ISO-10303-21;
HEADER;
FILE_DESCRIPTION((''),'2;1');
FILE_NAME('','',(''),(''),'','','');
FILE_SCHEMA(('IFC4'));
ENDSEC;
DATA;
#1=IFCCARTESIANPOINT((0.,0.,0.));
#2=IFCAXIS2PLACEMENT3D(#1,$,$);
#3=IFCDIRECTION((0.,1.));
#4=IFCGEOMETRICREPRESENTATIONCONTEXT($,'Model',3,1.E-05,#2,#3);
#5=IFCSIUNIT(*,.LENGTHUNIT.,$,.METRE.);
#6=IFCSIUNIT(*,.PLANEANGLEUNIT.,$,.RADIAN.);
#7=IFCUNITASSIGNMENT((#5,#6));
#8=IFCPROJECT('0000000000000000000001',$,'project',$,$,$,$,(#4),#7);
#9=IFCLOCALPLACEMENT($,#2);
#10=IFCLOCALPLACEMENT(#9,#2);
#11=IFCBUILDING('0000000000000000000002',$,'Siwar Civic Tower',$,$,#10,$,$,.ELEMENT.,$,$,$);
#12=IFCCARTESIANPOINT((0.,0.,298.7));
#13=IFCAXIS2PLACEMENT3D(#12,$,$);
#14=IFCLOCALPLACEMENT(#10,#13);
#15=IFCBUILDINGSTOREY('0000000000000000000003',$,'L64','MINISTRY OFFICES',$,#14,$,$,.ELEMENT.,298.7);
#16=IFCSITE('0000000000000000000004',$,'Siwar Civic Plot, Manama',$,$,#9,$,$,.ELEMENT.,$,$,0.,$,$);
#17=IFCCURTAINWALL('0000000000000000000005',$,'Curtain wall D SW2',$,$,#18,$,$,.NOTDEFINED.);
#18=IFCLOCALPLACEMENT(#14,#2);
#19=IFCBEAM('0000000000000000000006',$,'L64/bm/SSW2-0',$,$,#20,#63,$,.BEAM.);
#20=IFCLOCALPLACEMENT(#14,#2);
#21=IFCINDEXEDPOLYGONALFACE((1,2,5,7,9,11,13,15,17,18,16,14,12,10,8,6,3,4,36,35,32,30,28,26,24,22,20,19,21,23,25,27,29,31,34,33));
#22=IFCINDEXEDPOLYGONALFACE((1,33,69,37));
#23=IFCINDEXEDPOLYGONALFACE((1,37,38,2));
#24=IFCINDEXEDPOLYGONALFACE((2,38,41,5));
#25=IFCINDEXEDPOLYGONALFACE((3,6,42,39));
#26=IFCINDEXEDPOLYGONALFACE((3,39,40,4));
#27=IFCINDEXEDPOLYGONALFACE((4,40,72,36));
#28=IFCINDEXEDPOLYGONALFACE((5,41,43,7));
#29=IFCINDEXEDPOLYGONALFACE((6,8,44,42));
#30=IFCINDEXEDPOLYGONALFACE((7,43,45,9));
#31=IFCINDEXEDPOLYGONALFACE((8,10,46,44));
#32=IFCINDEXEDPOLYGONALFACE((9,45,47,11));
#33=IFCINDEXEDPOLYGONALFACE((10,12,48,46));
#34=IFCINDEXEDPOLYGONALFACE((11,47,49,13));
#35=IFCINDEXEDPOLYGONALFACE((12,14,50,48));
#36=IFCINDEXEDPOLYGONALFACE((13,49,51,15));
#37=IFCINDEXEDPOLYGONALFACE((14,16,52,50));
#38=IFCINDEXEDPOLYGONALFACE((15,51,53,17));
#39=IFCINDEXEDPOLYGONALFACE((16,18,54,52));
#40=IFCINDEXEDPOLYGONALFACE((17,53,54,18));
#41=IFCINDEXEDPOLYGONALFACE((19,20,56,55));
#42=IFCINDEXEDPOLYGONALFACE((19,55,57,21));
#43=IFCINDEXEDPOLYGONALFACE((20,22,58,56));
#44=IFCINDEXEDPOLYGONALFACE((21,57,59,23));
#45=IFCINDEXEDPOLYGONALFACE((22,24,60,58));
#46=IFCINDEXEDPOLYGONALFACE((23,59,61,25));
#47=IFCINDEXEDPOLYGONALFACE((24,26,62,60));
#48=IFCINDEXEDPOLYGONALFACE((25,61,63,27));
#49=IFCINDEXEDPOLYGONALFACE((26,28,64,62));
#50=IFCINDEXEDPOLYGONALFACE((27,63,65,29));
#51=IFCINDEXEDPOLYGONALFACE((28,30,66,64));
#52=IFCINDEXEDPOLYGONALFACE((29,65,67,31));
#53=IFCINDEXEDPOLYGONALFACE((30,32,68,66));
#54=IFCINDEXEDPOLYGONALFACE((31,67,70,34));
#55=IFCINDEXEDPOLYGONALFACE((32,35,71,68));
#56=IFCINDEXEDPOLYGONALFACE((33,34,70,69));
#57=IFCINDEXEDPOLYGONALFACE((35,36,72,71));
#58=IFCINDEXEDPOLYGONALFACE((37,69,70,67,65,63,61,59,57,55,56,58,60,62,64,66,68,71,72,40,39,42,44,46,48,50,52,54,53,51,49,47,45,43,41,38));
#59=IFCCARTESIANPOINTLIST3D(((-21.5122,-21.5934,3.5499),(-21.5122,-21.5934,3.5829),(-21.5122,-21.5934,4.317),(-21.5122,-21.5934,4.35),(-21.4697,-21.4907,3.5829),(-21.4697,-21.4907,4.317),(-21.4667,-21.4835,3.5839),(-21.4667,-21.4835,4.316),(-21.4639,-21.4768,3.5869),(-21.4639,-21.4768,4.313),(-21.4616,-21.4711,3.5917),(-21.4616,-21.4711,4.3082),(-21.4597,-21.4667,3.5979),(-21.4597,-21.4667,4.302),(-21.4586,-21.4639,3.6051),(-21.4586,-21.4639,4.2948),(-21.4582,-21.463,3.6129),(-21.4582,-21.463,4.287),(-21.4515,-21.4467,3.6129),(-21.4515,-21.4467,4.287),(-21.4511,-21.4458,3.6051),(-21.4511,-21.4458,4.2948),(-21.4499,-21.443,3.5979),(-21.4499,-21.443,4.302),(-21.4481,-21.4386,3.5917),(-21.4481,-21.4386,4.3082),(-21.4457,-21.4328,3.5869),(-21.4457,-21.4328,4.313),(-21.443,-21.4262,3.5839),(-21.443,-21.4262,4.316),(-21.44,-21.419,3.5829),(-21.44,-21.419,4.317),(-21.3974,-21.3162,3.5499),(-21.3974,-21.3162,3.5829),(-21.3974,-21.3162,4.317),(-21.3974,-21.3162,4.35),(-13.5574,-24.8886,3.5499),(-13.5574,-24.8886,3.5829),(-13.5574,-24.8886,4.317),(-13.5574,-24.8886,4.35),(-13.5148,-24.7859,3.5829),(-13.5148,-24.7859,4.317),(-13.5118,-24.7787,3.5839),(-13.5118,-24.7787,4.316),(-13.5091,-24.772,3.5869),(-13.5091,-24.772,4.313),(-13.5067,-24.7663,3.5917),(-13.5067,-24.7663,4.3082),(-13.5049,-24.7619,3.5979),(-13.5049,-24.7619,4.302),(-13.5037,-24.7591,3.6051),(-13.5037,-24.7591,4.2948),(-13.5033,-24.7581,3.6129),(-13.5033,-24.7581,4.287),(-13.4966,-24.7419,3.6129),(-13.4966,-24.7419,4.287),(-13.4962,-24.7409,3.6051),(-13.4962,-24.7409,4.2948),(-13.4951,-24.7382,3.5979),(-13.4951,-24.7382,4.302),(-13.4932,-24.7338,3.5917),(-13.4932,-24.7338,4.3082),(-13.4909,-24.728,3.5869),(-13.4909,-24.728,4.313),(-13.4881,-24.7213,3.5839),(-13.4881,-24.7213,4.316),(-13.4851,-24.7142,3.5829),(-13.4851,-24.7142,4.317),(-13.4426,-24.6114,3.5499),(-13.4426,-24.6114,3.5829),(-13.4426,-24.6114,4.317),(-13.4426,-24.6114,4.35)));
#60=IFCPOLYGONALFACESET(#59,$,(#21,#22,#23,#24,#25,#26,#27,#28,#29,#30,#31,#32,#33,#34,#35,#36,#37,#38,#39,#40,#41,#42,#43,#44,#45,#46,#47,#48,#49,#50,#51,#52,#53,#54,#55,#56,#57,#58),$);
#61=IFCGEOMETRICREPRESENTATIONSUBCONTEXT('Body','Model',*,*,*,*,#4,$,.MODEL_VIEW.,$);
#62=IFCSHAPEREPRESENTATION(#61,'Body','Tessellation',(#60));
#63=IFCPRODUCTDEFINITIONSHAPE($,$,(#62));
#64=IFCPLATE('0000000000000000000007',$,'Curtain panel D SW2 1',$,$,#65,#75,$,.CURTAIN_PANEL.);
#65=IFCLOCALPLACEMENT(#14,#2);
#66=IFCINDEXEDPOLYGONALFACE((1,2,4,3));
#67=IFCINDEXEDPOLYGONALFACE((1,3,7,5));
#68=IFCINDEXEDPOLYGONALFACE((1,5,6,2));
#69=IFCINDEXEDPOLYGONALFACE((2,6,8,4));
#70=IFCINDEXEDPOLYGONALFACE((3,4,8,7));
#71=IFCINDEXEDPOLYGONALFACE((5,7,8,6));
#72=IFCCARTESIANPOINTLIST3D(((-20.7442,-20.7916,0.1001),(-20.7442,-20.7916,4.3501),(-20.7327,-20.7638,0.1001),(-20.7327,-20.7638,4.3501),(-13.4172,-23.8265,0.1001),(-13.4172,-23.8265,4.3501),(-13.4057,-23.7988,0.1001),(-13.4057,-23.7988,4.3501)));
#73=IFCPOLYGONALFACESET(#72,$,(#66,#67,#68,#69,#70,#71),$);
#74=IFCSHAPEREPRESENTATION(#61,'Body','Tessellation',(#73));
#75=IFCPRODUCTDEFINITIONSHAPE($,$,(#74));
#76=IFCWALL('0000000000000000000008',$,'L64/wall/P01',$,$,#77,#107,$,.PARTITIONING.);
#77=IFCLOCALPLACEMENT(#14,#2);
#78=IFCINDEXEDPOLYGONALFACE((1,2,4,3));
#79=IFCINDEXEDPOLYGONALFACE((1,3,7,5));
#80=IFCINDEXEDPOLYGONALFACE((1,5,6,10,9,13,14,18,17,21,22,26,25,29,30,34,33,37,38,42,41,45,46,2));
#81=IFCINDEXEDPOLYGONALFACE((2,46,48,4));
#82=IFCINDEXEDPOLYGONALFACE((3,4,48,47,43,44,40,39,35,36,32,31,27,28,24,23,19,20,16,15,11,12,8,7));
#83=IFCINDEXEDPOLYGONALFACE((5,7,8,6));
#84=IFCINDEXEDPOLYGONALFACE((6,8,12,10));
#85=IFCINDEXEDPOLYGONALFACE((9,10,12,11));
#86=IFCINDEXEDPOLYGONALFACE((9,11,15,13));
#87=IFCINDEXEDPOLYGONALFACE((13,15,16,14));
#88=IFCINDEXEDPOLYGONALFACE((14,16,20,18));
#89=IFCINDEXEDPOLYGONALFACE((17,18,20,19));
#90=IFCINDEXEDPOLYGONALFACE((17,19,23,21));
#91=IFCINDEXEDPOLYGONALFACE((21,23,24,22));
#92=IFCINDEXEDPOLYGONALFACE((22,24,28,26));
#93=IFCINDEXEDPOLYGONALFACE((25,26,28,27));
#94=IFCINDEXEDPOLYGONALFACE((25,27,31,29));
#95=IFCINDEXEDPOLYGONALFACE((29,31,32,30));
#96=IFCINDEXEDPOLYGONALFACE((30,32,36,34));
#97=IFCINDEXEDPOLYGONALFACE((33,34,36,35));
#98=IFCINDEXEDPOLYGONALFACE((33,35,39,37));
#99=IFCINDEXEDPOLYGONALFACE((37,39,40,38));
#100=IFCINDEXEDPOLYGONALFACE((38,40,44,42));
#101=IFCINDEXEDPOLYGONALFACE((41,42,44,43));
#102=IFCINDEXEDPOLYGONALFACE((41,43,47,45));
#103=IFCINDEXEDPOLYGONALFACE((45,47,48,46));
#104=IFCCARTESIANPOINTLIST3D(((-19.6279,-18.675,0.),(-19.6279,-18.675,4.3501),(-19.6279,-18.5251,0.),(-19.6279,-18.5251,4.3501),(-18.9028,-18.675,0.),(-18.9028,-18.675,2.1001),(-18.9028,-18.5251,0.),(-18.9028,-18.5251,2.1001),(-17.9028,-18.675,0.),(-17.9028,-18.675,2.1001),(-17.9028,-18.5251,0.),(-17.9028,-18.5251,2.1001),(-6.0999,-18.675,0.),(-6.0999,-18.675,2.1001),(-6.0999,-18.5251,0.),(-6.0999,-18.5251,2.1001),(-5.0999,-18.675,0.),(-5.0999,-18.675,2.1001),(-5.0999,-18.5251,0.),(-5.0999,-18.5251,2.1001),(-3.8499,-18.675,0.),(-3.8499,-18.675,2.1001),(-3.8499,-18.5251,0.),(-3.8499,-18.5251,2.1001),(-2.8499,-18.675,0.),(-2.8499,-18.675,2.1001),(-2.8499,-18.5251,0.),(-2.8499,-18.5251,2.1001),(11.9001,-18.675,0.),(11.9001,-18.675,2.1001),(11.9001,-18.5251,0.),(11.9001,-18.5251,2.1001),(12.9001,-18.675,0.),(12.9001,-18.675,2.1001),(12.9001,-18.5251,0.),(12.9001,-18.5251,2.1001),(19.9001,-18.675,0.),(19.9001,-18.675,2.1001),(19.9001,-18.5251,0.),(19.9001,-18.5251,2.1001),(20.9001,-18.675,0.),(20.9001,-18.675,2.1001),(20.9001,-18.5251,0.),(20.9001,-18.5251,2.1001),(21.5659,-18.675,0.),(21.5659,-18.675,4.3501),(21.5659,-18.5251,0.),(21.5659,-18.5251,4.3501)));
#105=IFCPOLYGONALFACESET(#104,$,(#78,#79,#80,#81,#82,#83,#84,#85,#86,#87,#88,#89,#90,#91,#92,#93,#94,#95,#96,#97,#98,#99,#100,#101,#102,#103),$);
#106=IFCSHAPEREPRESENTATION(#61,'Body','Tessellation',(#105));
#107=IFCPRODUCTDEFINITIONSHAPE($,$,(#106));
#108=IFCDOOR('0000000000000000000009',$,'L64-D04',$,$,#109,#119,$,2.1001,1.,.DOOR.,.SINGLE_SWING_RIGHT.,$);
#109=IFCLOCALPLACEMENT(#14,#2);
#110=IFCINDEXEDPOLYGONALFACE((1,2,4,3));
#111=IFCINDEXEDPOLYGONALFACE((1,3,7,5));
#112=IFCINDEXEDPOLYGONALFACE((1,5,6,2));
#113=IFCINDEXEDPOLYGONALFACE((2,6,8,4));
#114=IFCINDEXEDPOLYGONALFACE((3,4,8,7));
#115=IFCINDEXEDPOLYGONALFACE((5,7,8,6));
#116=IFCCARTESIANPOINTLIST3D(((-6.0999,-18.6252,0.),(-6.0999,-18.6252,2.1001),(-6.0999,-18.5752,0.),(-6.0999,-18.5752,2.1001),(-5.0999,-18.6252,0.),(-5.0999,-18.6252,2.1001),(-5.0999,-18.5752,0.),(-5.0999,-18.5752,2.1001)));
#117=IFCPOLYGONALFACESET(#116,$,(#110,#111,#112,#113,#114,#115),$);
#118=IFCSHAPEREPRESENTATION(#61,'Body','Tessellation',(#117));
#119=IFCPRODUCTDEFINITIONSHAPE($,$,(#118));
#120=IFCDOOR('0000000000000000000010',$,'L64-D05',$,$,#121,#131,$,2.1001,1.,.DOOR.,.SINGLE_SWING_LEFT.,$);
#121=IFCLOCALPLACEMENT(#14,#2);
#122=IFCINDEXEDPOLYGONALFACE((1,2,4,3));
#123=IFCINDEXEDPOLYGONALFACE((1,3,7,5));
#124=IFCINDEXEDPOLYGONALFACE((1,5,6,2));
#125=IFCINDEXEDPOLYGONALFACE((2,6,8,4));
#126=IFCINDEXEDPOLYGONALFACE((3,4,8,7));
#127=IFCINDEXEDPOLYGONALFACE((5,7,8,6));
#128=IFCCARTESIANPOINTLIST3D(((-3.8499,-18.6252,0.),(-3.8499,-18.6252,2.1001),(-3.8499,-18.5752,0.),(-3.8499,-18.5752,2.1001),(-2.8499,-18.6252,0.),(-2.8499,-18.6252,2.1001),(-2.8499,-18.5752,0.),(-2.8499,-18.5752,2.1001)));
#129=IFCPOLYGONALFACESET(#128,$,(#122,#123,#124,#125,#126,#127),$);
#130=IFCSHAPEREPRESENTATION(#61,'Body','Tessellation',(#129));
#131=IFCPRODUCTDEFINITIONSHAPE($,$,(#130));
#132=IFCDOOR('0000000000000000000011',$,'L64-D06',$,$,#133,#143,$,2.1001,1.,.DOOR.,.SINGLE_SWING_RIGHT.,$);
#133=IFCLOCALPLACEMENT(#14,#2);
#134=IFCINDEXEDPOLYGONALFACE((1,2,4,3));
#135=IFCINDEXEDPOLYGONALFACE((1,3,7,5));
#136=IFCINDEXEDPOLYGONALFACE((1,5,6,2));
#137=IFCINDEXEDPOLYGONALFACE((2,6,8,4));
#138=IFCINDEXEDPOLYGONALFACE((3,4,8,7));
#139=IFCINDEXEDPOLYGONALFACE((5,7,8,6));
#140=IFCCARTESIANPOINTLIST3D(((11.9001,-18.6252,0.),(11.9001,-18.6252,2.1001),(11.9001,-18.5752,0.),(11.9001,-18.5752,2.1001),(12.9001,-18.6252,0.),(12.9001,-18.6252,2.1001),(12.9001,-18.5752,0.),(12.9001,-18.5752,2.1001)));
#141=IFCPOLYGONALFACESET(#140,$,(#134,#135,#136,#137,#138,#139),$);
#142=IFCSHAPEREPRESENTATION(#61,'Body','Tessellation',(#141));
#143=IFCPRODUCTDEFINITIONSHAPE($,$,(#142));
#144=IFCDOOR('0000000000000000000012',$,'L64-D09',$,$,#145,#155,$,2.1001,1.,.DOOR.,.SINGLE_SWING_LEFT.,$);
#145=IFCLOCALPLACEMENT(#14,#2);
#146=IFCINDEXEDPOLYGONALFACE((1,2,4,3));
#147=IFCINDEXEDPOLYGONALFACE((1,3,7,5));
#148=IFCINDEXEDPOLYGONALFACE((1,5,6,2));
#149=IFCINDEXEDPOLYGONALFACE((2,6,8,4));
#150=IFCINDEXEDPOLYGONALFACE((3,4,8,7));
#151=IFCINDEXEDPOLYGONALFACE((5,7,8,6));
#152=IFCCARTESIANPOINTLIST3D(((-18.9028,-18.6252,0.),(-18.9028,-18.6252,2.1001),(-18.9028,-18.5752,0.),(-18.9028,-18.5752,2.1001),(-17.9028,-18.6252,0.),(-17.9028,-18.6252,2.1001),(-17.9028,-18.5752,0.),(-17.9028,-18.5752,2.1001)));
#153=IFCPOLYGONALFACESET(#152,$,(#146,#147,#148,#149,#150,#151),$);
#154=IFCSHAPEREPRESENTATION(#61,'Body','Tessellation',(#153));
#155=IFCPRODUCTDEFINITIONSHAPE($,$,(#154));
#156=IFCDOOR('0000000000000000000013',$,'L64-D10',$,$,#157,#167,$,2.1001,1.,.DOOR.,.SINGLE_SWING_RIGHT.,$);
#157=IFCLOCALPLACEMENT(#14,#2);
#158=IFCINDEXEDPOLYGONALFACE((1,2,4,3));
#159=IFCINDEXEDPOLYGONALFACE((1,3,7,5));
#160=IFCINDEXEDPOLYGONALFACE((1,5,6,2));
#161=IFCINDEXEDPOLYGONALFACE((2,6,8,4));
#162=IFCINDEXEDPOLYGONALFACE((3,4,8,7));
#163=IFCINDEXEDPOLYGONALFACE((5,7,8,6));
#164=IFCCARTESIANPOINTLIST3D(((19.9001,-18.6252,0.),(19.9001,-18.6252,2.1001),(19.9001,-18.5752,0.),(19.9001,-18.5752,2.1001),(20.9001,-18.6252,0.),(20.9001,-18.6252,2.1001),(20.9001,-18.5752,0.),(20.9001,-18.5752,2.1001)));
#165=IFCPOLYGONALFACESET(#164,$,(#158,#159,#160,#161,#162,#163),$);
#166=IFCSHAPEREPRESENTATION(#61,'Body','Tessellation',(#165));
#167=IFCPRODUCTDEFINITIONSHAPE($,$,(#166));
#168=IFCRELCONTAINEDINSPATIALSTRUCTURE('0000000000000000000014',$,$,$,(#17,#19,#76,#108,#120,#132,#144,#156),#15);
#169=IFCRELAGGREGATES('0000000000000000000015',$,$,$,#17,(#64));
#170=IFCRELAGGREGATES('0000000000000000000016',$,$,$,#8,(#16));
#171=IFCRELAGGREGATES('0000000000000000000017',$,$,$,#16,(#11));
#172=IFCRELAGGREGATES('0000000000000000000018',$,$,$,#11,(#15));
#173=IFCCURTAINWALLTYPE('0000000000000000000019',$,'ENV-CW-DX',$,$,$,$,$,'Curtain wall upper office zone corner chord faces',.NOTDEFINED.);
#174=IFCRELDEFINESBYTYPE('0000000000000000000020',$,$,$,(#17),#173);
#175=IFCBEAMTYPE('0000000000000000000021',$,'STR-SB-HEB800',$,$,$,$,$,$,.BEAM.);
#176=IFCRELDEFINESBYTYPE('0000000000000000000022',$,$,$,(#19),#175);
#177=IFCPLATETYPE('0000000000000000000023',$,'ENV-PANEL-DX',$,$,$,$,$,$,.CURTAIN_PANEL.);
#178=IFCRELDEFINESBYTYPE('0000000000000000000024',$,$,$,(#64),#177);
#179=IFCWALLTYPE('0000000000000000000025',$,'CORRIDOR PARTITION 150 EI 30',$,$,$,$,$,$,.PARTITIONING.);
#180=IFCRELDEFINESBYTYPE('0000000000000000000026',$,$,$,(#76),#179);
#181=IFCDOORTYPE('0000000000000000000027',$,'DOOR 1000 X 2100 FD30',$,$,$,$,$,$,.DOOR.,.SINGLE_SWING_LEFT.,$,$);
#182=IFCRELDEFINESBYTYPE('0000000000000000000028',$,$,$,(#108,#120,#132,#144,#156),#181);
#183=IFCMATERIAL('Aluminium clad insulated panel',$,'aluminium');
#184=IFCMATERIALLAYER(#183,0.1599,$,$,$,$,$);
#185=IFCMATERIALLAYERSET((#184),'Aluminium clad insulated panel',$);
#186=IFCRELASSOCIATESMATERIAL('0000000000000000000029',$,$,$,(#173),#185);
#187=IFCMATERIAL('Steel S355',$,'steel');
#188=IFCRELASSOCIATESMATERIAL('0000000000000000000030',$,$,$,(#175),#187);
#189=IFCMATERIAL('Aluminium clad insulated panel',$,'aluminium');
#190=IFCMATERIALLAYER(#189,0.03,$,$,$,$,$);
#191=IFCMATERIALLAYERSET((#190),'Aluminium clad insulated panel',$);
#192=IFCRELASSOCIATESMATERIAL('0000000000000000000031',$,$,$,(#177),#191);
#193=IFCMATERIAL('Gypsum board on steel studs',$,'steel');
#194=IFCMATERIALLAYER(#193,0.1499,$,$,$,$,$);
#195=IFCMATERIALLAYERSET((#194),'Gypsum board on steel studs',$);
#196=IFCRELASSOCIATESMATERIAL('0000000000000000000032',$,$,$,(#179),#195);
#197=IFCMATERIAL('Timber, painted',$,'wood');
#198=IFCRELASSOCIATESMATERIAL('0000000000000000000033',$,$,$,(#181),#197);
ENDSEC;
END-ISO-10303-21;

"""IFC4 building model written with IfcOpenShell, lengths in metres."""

from ifc_helpers import new_model, si_unit, direction, frame, frame_2d, origin, origin_2d, place, context, subcontext, project, spatial, rectangle, i_section, extrude, material, layer, layer_set, material_profile, profile_set, type_object, element, fill, aggregate, save


model = new_model("IFC4")

# Units and contexts
model_context = context("Model", 3, precision=1e-05, world=origin(), true_north=direction((0.0, 1.0)))
body_context = subcontext(model_context, "Body", "Model", "MODEL_VIEW")
ifc_project = project(units=[si_unit("LENGTHUNIT", "METRE"), si_unit("PLANEANGLEUNIT", "RADIAN")], contexts=[model_context])

# Site, building, storey
site_placement = place(None, origin())
site = spatial("IfcSite", under=ifc_project, at=site_placement, Name="Siwar Civic Plot, Manama", CompositionType="ELEMENT", RefElevation=0.0)
building_placement = place(site_placement, origin())
building = spatial("IfcBuilding", under=site, at=building_placement, Name="Siwar Civic Tower", CompositionType="ELEMENT")
storey_placement = place(building_placement, frame((0.0, 0.0, 298.7)))
storey = spatial("IfcBuildingStorey", under=building, at=storey_placement, Name="L64", Description="MINISTRY OFFICES", CompositionType="ELEMENT", Elevation=298.7)

# Shared definitions
ifc_material_1 = material(Name="Aluminium clad insulated panel", Category="aluminium")
ifc_layer_1 = layer(ifc_material_1, 0.1599)
ifc_layer_set_1 = layer_set([ifc_layer_1], Name="Aluminium clad insulated panel")
curtain_wall_type = type_object("IfcCurtainWallType", Name="ENV-CW-DX", ElementType="Curtain wall upper office zone corner chord faces", PredefinedType="NOTDEFINED", material=ifc_layer_set_1)

# Curtain wall
curtain_wall_1_placement = place(storey_placement, origin())
curtain_wall_1 = element("IfcCurtainWall", 1, at=curtain_wall_1_placement, inside=storey, type_object=curtain_wall_type, Name="Curtain wall D SW2", PredefinedType="NOTDEFINED")

# Beam
ifc_material_2 = material(Name="Steel S355", Category="steel")
ifc_material_profile_1 = material_profile(ifc_material_2, i_section(OverallWidth=0.3, OverallDepth=0.8, WebThickness=0.0176, FlangeThickness=0.033, FilletRadius=0.03, at=origin_2d()), Name="HEB800")
ifc_profile_set_1 = profile_set([ifc_material_profile_1], Name="Steel S355")
beam_type_1 = type_object("IfcBeamType", Name="STR-SB-HEB800", PredefinedType="BEAM", material=ifc_profile_set_1)
beam_1_placement = place(storey_placement, frame((-21.4548, -21.4548, 3.95), z_axis=(0.923873, -0.3827, 0.0), x_axis=(0.3827, 0.923873, 0.0)))
element("IfcBeam", 2, at=beam_1_placement, inside=storey, type_object=beam_type_1, Name="L64/bm/SSW2-0", PredefinedType="BEAM", context=body_context, shape_type="SweptSolid", body=[
    extrude(i_section(OverallWidth=0.3, OverallDepth=0.8, WebThickness=0.0176, FlangeThickness=0.033, FilletRadius=0.03, at=origin_2d()), origin(), (0.0, 0.0, 1.0), 8.6104),
])

# Plate
ifc_material_3 = material(Name="Aluminium clad insulated panel", Category="aluminium")
ifc_layer_2 = layer(ifc_material_3, 0.03)
ifc_layer_set_2 = layer_set([ifc_layer_2], Name="Aluminium clad insulated panel")
plate_type = type_object("IfcPlateType", Name="ENV-PANEL-DX", PredefinedType="CURTAIN_PANEL", material=ifc_layer_set_2)
plate_placement = place(storey_placement, frame((-17.075, -22.2952, 0.1001), z_axis=(0.0, 0.0, 1.0), x_axis=(0.92388, -0.382683, 0.0)))
plate = element("IfcPlate", 3, at=plate_placement, type_object=plate_type, Name="Curtain panel D SW2 1", PredefinedType="CURTAIN_PANEL", context=body_context, shape_type="SweptSolid", body=[
    extrude(rectangle(XDim=7.9307, YDim=0.03, at=origin_2d()), origin(), (0.0, 0.0, 1.0), 4.25),
])
aggregate(curtain_wall_1, [plate])

# Wall, openings, doors
ifc_material_4 = material(Name="Gypsum board on steel studs", Category="steel")
ifc_layer_3 = layer(ifc_material_4, 0.1499)
ifc_layer_set_3 = layer_set([ifc_layer_3], Name="Gypsum board on steel studs")
wall_type_1 = type_object("IfcWallType", Name="CORRIDOR PARTITION 150 EI 30", PredefinedType="PARTITIONING", material=ifc_layer_set_3)
wall_1_placement = place(storey_placement, frame((-19.6279, -18.6001, 0.0), z_axis=(0.0, 0.0, 1.0), x_axis=(1.0, 0.0, 0.0)))
wall_1 = element("IfcWall", 4, at=wall_1_placement, inside=storey, type_object=wall_type_1, Name="L64/wall/P01", PredefinedType="PARTITIONING", context=body_context, shape_type="SweptSolid", body=[
    extrude(rectangle(XDim=41.1938, YDim=0.1499, at=frame_2d((20.5969, 0.0))), origin(), (0.0, 0.0, 1.0), 4.3501),
])
opening_1_placement = place(wall_1_placement, frame((13.5281, 0.0, 0.0)))
opening_1 = element("IfcOpeningElement", 5, at=opening_1_placement, cuts=wall_1, PredefinedType="OPENING", context=body_context, shape_type="SweptSolid", body=[
    extrude(rectangle(XDim=1.0, YDim=2.1001, at=frame_2d((0.5, 1.05))), frame((0.0, 0.085, 0.0), z_axis=(0.0, -1.0, 0.0), x_axis=(1.0, 0.0, 0.0)), (0.0, 0.0, 1.0), 0.1699),
])
opening_2_placement = place(wall_1_placement, frame((15.7781, 0.0, 0.0)))
opening_2 = element("IfcOpeningElement", 6, at=opening_2_placement, cuts=wall_1, PredefinedType="OPENING", context=body_context, shape_type="SweptSolid", body=[
    extrude(rectangle(XDim=1.0, YDim=2.1001, at=frame_2d((0.5, 1.05))), frame((0.0, 0.085, 0.0), z_axis=(0.0, -1.0, 0.0), x_axis=(1.0, 0.0, 0.0)), (0.0, 0.0, 1.0), 0.1699),
])
opening_3_placement = place(wall_1_placement, frame((31.5281, 0.0, 0.0)))
opening_3 = element("IfcOpeningElement", 7, at=opening_3_placement, cuts=wall_1, PredefinedType="OPENING", context=body_context, shape_type="SweptSolid", body=[
    extrude(rectangle(XDim=1.0, YDim=2.1001, at=frame_2d((0.5, 1.05))), frame((0.0, 0.085, 0.0), z_axis=(0.0, -1.0, 0.0), x_axis=(1.0, 0.0, 0.0)), (0.0, 0.0, 1.0), 0.1699),
])
opening_4_placement = place(wall_1_placement, frame((0.7251, 0.0, 0.0)))
opening_4 = element("IfcOpeningElement", 8, at=opening_4_placement, cuts=wall_1, PredefinedType="OPENING", context=body_context, shape_type="SweptSolid", body=[
    extrude(rectangle(XDim=1.0, YDim=2.1001, at=frame_2d((0.5, 1.05))), frame((0.0, 0.085, 0.0), z_axis=(0.0, -1.0, 0.0), x_axis=(1.0, 0.0, 0.0)), (0.0, 0.0, 1.0), 0.1699),
])
opening_5_placement = place(wall_1_placement, frame((39.5281, 0.0, 0.0)))
opening_5 = element("IfcOpeningElement", 9, at=opening_5_placement, cuts=wall_1, PredefinedType="OPENING", context=body_context, shape_type="SweptSolid", body=[
    extrude(rectangle(XDim=1.0, YDim=2.1001, at=frame_2d((0.5, 1.05))), frame((0.0, 0.085, 0.0), z_axis=(0.0, -1.0, 0.0), x_axis=(1.0, 0.0, 0.0)), (0.0, 0.0, 1.0), 0.1699),
])
ifc_material_5 = material(Name="Timber, painted", Category="wood")
door_type_1 = type_object("IfcDoorType", Name="DOOR 1000 X 2100 FD30", OperationType="SINGLE_SWING_LEFT", PredefinedType="DOOR", material=ifc_material_5)
door_1_placement = place(opening_1_placement, origin())
door_1 = element("IfcDoor", 10, at=door_1_placement, inside=storey, type_object=door_type_1, Name="L64-D04", OperationType="SINGLE_SWING_RIGHT", OverallHeight=2.1001, OverallWidth=1.0, PredefinedType="DOOR", context=body_context, shape_type="SweptSolid", body=[
    extrude(rectangle(XDim=1.0, YDim=2.1001, at=frame_2d((0.5, 1.05))), frame((0.0, 0.0249, 0.0), z_axis=(0.0, -1.0, 0.0), x_axis=(1.0, 0.0, 0.0)), (0.0, 0.0, 1.0), 0.05),
])
fill(opening_1, door_1)
door_2_placement = place(opening_2_placement, origin())
door_2 = element("IfcDoor", 11, at=door_2_placement, inside=storey, type_object=door_type_1, Name="L64-D05", OperationType="SINGLE_SWING_LEFT", OverallHeight=2.1001, OverallWidth=1.0, PredefinedType="DOOR", context=body_context, shape_type="SweptSolid", body=[
    extrude(rectangle(XDim=1.0, YDim=2.1001, at=frame_2d((0.5, 1.05))), frame((0.0, 0.0249, 0.0), z_axis=(0.0, -1.0, 0.0), x_axis=(1.0, 0.0, 0.0)), (0.0, 0.0, 1.0), 0.05),
])
fill(opening_2, door_2)
door_3_placement = place(opening_3_placement, origin())
door_3 = element("IfcDoor", 12, at=door_3_placement, inside=storey, type_object=door_type_1, Name="L64-D06", OperationType="SINGLE_SWING_RIGHT", OverallHeight=2.1001, OverallWidth=1.0, PredefinedType="DOOR", context=body_context, shape_type="SweptSolid", body=[
    extrude(rectangle(XDim=1.0, YDim=2.1001, at=frame_2d((0.5, 1.05))), frame((0.0, 0.0249, 0.0), z_axis=(0.0, -1.0, 0.0), x_axis=(1.0, 0.0, 0.0)), (0.0, 0.0, 1.0), 0.05),
])
fill(opening_3, door_3)
door_4_placement = place(opening_4_placement, origin())
door_4 = element("IfcDoor", 13, at=door_4_placement, inside=storey, type_object=door_type_1, Name="L64-D09", OperationType="SINGLE_SWING_LEFT", OverallHeight=2.1001, OverallWidth=1.0, PredefinedType="DOOR", context=body_context, shape_type="SweptSolid", body=[
    extrude(rectangle(XDim=1.0, YDim=2.1001, at=frame_2d((0.5, 1.05))), frame((0.0, 0.0249, 0.0), z_axis=(0.0, -1.0, 0.0), x_axis=(1.0, 0.0, 0.0)), (0.0, 0.0, 1.0), 0.05),
])
fill(opening_4, door_4)
door_5_placement = place(opening_5_placement, origin())
door_5 = element("IfcDoor", 14, at=door_5_placement, inside=storey, type_object=door_type_1, Name="L64-D10", OperationType="SINGLE_SWING_RIGHT", OverallHeight=2.1001, OverallWidth=1.0, PredefinedType="DOOR", context=body_context, shape_type="SweptSolid", body=[
    extrude(rectangle(XDim=1.0, YDim=2.1001, at=frame_2d((0.5, 1.05))), frame((0.0, 0.0249, 0.0), z_axis=(0.0, -1.0, 0.0), x_axis=(1.0, 0.0, 0.0)), (0.0, 0.0, 1.0), 0.05),
])
fill(opening_5, door_5)

save(model, "model.ifc")
